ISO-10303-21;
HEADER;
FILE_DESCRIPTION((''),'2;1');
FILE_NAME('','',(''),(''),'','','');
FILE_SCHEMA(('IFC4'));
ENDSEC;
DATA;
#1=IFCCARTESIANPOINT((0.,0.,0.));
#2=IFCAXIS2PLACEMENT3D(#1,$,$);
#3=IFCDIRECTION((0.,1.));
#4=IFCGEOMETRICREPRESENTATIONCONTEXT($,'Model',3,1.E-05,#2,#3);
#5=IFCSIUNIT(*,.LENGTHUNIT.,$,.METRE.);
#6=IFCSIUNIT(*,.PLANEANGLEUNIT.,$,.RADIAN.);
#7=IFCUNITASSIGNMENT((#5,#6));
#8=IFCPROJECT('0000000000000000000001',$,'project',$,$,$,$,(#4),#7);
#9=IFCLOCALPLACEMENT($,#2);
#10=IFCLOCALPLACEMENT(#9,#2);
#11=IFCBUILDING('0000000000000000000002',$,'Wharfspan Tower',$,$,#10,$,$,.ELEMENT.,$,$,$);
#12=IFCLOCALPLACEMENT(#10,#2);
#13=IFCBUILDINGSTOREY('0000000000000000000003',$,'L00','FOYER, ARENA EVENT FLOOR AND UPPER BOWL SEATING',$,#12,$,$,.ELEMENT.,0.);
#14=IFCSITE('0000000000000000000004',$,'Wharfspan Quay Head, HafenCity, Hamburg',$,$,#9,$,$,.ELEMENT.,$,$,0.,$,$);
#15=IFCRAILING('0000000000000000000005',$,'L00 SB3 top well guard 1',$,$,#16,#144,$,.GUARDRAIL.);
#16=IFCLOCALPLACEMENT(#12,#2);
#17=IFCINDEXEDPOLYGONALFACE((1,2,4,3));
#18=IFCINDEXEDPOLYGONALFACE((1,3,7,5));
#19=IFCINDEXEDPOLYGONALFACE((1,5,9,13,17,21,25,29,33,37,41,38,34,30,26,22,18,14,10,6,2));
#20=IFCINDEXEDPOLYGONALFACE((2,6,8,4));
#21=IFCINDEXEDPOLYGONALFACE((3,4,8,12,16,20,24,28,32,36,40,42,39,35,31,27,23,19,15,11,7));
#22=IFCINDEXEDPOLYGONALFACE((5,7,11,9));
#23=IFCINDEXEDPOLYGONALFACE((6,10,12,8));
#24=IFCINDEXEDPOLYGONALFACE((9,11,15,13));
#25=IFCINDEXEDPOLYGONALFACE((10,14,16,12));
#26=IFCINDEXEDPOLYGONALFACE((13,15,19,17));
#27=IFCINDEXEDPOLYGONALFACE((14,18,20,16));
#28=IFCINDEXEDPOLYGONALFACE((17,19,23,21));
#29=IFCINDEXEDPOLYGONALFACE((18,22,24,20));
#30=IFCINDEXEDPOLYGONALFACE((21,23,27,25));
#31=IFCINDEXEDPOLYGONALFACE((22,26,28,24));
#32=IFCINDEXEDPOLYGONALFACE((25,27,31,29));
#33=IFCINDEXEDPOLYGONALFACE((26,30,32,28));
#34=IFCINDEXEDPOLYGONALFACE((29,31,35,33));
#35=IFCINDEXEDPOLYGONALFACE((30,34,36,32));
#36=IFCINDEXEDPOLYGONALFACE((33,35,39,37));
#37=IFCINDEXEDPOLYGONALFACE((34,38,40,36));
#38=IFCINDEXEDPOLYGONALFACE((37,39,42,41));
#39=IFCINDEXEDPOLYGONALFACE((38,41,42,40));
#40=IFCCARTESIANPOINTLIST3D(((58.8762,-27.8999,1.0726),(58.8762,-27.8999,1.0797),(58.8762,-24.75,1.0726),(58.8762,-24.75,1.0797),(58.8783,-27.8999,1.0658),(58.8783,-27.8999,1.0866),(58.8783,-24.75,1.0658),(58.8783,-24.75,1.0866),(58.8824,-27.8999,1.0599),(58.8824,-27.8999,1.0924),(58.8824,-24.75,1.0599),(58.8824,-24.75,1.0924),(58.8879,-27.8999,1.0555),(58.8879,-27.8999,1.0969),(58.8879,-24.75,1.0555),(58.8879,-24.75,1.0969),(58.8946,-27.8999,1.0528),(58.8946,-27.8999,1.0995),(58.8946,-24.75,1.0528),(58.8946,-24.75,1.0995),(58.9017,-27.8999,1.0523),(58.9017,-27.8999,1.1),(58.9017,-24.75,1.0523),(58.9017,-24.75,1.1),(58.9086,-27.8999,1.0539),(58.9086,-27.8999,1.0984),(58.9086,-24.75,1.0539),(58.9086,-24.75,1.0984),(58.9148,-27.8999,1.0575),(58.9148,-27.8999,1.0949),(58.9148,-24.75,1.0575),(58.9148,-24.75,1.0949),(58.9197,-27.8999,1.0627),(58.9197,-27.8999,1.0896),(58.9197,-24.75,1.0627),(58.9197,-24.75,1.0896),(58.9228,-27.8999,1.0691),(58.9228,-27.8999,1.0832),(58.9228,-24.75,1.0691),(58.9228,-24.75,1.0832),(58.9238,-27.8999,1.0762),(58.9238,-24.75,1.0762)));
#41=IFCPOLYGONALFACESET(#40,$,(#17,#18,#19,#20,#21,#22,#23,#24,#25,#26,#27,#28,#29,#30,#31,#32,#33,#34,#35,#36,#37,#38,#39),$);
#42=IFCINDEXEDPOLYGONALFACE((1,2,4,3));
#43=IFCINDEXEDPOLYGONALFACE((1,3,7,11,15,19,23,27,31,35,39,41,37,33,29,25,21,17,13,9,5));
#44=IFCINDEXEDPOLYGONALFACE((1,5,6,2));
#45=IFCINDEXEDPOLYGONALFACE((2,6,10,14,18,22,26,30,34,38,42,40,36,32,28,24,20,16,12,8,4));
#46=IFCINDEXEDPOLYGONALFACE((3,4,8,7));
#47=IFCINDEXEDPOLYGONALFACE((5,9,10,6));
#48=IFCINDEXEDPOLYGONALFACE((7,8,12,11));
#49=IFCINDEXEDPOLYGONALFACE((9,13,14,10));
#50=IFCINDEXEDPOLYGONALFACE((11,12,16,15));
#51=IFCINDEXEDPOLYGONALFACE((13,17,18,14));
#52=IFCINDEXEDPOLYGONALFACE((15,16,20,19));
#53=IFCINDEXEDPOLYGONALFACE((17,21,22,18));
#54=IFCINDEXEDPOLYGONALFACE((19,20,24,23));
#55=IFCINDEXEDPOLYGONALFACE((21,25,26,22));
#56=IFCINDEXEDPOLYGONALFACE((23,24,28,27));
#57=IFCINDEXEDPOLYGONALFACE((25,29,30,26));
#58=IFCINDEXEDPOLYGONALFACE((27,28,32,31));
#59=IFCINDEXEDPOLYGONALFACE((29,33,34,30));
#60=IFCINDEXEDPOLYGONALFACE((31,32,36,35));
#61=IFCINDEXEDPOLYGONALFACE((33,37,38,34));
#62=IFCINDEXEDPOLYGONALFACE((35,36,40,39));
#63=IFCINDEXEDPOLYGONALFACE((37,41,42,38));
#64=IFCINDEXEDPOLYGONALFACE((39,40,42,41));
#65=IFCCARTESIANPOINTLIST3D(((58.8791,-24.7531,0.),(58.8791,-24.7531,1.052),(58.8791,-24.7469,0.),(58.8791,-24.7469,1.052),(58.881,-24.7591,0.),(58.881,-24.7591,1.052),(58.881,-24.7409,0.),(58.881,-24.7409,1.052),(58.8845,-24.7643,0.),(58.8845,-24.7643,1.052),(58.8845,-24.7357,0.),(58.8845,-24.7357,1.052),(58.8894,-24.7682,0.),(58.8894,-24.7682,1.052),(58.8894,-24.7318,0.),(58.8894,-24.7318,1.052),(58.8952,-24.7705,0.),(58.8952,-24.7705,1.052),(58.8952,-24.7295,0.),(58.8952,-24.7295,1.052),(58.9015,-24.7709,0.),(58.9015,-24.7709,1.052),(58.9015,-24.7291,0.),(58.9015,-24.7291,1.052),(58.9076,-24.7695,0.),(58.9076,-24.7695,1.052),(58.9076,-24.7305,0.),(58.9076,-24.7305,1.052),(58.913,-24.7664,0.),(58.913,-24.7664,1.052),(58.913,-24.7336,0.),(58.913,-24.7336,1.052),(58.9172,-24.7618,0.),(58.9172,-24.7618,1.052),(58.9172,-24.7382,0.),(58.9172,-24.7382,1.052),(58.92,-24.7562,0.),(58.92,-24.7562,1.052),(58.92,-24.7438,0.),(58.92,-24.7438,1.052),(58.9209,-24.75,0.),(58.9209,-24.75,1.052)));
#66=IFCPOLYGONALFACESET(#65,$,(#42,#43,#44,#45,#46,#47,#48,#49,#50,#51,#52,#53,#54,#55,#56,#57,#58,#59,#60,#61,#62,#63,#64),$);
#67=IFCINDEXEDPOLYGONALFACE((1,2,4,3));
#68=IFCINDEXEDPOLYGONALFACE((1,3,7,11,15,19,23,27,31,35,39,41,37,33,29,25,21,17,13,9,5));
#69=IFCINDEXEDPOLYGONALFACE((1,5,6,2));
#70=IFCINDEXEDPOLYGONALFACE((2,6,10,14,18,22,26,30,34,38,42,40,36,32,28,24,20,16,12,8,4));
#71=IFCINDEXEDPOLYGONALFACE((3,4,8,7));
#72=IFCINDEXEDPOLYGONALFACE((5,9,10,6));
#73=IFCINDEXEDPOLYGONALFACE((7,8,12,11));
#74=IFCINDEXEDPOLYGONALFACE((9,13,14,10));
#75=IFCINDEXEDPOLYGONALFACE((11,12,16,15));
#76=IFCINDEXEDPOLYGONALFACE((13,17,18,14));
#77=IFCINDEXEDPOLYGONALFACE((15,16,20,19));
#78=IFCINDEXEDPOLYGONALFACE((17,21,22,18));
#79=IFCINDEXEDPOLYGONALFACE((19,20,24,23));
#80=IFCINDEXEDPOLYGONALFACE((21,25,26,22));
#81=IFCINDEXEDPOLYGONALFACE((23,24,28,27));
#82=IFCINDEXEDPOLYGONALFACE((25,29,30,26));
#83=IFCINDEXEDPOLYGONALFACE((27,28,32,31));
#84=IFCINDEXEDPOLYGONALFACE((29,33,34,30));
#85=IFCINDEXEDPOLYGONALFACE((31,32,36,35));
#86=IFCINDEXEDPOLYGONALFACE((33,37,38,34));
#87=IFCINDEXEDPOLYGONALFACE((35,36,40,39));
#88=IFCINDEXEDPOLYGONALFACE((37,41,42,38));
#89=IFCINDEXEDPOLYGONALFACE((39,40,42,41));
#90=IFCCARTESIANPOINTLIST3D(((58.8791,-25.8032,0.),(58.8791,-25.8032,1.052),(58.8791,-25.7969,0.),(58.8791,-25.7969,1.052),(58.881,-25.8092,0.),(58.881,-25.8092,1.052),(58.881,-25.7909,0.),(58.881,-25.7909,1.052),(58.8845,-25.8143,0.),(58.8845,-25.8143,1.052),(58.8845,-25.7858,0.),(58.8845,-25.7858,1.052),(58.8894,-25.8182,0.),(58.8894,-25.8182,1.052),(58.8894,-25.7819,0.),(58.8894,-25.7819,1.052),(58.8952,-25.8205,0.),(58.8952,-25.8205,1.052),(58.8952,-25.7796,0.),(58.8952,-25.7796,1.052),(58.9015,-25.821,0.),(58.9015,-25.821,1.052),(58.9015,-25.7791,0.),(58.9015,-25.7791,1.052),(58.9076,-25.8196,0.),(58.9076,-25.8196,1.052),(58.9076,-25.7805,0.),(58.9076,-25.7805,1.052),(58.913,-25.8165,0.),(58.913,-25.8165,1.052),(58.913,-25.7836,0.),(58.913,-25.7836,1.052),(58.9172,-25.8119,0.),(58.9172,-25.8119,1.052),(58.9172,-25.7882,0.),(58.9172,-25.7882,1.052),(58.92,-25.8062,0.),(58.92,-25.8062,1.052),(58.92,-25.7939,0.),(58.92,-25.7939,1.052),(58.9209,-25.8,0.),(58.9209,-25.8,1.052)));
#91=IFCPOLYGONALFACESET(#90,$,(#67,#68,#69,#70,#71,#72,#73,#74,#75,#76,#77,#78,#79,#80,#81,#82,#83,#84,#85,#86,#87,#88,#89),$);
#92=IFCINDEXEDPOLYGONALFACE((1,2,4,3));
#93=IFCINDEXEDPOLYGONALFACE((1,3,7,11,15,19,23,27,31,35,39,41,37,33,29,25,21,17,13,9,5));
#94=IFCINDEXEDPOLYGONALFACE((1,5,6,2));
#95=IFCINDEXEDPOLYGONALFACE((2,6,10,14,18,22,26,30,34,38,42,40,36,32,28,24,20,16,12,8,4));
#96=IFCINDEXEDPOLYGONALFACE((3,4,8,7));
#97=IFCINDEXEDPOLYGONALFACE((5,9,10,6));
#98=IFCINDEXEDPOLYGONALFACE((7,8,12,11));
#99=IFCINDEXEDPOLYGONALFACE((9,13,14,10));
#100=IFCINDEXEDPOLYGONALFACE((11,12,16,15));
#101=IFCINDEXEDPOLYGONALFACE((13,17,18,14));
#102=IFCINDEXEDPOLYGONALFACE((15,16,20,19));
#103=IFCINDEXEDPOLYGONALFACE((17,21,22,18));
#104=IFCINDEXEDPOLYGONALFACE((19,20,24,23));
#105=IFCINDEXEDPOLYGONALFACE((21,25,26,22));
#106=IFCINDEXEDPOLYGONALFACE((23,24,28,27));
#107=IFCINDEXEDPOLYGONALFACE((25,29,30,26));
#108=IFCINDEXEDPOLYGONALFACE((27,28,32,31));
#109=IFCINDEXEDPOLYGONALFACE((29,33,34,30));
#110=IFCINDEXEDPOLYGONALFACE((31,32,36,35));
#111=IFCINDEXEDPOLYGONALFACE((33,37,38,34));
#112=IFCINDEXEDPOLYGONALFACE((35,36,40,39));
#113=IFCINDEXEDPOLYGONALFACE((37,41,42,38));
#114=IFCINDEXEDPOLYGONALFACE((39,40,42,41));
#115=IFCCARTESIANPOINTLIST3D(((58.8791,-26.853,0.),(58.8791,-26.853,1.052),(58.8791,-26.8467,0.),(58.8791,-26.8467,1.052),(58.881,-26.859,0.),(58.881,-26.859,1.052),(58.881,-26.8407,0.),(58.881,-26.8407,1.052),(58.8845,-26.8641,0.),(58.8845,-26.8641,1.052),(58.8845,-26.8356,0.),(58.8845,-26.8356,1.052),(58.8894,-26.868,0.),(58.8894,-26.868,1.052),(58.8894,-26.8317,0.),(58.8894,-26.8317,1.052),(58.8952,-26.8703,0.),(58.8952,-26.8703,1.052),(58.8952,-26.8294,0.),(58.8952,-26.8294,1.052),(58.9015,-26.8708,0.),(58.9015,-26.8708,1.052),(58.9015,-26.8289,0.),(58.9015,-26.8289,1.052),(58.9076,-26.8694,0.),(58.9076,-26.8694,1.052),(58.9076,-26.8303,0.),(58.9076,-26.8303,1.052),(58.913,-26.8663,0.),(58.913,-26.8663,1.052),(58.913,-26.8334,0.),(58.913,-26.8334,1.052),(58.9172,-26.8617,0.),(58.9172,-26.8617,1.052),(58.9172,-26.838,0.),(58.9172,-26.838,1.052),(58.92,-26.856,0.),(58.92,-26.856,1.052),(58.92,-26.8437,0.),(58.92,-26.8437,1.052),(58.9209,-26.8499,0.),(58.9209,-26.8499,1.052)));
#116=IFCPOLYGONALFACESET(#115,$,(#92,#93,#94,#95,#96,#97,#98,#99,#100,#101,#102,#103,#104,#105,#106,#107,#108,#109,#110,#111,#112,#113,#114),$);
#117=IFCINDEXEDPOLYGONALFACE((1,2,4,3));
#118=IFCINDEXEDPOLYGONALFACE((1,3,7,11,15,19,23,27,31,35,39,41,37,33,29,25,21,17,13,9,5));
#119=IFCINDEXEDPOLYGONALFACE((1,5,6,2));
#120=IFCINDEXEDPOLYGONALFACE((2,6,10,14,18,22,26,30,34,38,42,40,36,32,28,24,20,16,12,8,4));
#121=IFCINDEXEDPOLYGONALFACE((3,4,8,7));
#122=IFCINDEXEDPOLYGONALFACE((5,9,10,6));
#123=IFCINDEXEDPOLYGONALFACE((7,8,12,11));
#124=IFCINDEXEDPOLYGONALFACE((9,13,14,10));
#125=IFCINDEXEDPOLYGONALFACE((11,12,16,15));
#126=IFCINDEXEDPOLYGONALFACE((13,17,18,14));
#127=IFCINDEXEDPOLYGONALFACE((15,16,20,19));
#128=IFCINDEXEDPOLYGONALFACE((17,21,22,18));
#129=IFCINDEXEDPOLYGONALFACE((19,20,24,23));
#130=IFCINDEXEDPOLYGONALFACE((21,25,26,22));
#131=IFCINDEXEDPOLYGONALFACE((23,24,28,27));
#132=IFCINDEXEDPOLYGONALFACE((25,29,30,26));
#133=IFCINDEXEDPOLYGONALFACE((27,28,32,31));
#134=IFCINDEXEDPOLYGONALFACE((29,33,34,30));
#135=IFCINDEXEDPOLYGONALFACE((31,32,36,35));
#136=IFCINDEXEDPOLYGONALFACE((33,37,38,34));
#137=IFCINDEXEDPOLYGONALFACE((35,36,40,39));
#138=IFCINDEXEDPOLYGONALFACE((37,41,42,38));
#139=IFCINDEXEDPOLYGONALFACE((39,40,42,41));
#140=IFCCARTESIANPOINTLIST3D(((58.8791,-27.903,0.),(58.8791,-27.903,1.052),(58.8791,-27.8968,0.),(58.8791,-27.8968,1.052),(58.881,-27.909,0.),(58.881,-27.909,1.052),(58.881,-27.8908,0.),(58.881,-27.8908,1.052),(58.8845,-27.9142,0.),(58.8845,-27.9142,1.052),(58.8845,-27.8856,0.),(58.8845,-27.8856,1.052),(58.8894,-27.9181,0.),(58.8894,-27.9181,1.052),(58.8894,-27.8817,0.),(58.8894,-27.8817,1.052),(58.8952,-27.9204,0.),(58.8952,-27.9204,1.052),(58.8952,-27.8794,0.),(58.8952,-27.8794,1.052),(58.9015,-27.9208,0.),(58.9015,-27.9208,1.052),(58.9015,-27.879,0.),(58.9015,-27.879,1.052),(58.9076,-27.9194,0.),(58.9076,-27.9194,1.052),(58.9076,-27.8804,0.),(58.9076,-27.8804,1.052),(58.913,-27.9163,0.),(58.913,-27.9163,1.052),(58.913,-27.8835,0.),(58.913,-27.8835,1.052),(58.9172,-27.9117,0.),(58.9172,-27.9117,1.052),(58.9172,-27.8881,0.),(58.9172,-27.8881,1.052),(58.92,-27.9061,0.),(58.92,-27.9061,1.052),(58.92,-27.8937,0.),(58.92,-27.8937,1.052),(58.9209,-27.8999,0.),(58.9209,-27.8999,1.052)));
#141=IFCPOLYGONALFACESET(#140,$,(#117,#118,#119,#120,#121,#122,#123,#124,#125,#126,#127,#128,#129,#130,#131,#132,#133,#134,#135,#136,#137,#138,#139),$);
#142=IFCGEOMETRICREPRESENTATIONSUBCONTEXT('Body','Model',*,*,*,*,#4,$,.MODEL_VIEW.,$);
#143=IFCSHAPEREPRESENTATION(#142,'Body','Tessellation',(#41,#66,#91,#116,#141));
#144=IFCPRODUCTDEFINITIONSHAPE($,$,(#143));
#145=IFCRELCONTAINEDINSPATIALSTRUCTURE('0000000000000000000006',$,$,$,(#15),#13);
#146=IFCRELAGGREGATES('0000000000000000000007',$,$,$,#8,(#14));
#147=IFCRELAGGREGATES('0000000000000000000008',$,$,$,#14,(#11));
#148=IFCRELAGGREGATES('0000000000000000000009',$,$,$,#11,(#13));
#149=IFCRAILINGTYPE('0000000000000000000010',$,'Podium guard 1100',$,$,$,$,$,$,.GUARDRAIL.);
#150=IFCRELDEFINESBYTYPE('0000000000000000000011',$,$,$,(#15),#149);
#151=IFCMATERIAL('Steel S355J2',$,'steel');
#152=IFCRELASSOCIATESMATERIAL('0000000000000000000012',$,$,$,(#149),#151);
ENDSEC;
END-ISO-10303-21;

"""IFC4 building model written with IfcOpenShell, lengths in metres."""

from ifc_helpers import new_model, si_unit, direction, frame, origin, origin_2d, place, context, subcontext, project, spatial, circle, extrude, material, type_object, element, save


model = new_model("IFC4")

# Units and contexts
model_context = context("Model", 3, precision=1e-05, world=origin(), true_north=direction((0.0, 1.0)))
body_context = subcontext(model_context, "Body", "Model", "MODEL_VIEW")
ifc_project = project(units=[si_unit("LENGTHUNIT", "METRE"), si_unit("PLANEANGLEUNIT", "RADIAN")], contexts=[model_context])

# Site, building, storey
site_placement = place(None, origin())
site = spatial("IfcSite", under=ifc_project, at=site_placement, Name="Wharfspan Quay Head, HafenCity, Hamburg", CompositionType="ELEMENT", RefElevation=0.0)
building_placement = place(site_placement, origin())
building = spatial("IfcBuilding", under=site, at=building_placement, Name="Wharfspan Tower", CompositionType="ELEMENT")
storey_placement = place(building_placement, origin())
storey = spatial("IfcBuildingStorey", under=building, at=storey_placement, Name="L00", Description="FOYER, ARENA EVENT FLOOR AND UPPER BOWL SEATING", CompositionType="ELEMENT", Elevation=0.0)

# Shared definitions
ifc_material_1 = material(Name="Steel S355J2", Category="steel")

# Railing
railing_type = type_object("IfcRailingType", Name="Podium guard 1100", PredefinedType="GUARDRAIL", material=ifc_material_1)
railing_placement = place(storey_placement, frame((58.8999, -24.75, 0.0)))
element("IfcRailing", 1, at=railing_placement, inside=storey, type_object=railing_type, Name="L00 SB3 top well guard 1", PredefinedType="GUARDRAIL", context=body_context, shape_type="SweptSolid", body=[
    extrude(circle(Radius=0.0239, at=origin_2d()), frame((0.0, 0.0, 1.0762), z_axis=(0.0, -1.0, 0.0), x_axis=(1.0, 0.0, 0.0)), (0.0, 0.0, 1.0), 3.1499),
    extrude(circle(Radius=0.021, at=origin_2d()), origin(), (0.0, 0.0, 1.0), 1.052),
    extrude(circle(Radius=0.021, at=origin_2d()), frame((0.0, -1.05, 0.0)), (0.0, 0.0, 1.0), 1.052),
    extrude(circle(Radius=0.021, at=origin_2d()), frame((0.0, -2.0999, 0.0)), (0.0, 0.0, 1.0), 1.052),
    extrude(circle(Radius=0.021, at=origin_2d()), frame((0.0, -3.1499, 0.0)), (0.0, 0.0, 1.0), 1.052),
])

save(model, "model.ifc")
